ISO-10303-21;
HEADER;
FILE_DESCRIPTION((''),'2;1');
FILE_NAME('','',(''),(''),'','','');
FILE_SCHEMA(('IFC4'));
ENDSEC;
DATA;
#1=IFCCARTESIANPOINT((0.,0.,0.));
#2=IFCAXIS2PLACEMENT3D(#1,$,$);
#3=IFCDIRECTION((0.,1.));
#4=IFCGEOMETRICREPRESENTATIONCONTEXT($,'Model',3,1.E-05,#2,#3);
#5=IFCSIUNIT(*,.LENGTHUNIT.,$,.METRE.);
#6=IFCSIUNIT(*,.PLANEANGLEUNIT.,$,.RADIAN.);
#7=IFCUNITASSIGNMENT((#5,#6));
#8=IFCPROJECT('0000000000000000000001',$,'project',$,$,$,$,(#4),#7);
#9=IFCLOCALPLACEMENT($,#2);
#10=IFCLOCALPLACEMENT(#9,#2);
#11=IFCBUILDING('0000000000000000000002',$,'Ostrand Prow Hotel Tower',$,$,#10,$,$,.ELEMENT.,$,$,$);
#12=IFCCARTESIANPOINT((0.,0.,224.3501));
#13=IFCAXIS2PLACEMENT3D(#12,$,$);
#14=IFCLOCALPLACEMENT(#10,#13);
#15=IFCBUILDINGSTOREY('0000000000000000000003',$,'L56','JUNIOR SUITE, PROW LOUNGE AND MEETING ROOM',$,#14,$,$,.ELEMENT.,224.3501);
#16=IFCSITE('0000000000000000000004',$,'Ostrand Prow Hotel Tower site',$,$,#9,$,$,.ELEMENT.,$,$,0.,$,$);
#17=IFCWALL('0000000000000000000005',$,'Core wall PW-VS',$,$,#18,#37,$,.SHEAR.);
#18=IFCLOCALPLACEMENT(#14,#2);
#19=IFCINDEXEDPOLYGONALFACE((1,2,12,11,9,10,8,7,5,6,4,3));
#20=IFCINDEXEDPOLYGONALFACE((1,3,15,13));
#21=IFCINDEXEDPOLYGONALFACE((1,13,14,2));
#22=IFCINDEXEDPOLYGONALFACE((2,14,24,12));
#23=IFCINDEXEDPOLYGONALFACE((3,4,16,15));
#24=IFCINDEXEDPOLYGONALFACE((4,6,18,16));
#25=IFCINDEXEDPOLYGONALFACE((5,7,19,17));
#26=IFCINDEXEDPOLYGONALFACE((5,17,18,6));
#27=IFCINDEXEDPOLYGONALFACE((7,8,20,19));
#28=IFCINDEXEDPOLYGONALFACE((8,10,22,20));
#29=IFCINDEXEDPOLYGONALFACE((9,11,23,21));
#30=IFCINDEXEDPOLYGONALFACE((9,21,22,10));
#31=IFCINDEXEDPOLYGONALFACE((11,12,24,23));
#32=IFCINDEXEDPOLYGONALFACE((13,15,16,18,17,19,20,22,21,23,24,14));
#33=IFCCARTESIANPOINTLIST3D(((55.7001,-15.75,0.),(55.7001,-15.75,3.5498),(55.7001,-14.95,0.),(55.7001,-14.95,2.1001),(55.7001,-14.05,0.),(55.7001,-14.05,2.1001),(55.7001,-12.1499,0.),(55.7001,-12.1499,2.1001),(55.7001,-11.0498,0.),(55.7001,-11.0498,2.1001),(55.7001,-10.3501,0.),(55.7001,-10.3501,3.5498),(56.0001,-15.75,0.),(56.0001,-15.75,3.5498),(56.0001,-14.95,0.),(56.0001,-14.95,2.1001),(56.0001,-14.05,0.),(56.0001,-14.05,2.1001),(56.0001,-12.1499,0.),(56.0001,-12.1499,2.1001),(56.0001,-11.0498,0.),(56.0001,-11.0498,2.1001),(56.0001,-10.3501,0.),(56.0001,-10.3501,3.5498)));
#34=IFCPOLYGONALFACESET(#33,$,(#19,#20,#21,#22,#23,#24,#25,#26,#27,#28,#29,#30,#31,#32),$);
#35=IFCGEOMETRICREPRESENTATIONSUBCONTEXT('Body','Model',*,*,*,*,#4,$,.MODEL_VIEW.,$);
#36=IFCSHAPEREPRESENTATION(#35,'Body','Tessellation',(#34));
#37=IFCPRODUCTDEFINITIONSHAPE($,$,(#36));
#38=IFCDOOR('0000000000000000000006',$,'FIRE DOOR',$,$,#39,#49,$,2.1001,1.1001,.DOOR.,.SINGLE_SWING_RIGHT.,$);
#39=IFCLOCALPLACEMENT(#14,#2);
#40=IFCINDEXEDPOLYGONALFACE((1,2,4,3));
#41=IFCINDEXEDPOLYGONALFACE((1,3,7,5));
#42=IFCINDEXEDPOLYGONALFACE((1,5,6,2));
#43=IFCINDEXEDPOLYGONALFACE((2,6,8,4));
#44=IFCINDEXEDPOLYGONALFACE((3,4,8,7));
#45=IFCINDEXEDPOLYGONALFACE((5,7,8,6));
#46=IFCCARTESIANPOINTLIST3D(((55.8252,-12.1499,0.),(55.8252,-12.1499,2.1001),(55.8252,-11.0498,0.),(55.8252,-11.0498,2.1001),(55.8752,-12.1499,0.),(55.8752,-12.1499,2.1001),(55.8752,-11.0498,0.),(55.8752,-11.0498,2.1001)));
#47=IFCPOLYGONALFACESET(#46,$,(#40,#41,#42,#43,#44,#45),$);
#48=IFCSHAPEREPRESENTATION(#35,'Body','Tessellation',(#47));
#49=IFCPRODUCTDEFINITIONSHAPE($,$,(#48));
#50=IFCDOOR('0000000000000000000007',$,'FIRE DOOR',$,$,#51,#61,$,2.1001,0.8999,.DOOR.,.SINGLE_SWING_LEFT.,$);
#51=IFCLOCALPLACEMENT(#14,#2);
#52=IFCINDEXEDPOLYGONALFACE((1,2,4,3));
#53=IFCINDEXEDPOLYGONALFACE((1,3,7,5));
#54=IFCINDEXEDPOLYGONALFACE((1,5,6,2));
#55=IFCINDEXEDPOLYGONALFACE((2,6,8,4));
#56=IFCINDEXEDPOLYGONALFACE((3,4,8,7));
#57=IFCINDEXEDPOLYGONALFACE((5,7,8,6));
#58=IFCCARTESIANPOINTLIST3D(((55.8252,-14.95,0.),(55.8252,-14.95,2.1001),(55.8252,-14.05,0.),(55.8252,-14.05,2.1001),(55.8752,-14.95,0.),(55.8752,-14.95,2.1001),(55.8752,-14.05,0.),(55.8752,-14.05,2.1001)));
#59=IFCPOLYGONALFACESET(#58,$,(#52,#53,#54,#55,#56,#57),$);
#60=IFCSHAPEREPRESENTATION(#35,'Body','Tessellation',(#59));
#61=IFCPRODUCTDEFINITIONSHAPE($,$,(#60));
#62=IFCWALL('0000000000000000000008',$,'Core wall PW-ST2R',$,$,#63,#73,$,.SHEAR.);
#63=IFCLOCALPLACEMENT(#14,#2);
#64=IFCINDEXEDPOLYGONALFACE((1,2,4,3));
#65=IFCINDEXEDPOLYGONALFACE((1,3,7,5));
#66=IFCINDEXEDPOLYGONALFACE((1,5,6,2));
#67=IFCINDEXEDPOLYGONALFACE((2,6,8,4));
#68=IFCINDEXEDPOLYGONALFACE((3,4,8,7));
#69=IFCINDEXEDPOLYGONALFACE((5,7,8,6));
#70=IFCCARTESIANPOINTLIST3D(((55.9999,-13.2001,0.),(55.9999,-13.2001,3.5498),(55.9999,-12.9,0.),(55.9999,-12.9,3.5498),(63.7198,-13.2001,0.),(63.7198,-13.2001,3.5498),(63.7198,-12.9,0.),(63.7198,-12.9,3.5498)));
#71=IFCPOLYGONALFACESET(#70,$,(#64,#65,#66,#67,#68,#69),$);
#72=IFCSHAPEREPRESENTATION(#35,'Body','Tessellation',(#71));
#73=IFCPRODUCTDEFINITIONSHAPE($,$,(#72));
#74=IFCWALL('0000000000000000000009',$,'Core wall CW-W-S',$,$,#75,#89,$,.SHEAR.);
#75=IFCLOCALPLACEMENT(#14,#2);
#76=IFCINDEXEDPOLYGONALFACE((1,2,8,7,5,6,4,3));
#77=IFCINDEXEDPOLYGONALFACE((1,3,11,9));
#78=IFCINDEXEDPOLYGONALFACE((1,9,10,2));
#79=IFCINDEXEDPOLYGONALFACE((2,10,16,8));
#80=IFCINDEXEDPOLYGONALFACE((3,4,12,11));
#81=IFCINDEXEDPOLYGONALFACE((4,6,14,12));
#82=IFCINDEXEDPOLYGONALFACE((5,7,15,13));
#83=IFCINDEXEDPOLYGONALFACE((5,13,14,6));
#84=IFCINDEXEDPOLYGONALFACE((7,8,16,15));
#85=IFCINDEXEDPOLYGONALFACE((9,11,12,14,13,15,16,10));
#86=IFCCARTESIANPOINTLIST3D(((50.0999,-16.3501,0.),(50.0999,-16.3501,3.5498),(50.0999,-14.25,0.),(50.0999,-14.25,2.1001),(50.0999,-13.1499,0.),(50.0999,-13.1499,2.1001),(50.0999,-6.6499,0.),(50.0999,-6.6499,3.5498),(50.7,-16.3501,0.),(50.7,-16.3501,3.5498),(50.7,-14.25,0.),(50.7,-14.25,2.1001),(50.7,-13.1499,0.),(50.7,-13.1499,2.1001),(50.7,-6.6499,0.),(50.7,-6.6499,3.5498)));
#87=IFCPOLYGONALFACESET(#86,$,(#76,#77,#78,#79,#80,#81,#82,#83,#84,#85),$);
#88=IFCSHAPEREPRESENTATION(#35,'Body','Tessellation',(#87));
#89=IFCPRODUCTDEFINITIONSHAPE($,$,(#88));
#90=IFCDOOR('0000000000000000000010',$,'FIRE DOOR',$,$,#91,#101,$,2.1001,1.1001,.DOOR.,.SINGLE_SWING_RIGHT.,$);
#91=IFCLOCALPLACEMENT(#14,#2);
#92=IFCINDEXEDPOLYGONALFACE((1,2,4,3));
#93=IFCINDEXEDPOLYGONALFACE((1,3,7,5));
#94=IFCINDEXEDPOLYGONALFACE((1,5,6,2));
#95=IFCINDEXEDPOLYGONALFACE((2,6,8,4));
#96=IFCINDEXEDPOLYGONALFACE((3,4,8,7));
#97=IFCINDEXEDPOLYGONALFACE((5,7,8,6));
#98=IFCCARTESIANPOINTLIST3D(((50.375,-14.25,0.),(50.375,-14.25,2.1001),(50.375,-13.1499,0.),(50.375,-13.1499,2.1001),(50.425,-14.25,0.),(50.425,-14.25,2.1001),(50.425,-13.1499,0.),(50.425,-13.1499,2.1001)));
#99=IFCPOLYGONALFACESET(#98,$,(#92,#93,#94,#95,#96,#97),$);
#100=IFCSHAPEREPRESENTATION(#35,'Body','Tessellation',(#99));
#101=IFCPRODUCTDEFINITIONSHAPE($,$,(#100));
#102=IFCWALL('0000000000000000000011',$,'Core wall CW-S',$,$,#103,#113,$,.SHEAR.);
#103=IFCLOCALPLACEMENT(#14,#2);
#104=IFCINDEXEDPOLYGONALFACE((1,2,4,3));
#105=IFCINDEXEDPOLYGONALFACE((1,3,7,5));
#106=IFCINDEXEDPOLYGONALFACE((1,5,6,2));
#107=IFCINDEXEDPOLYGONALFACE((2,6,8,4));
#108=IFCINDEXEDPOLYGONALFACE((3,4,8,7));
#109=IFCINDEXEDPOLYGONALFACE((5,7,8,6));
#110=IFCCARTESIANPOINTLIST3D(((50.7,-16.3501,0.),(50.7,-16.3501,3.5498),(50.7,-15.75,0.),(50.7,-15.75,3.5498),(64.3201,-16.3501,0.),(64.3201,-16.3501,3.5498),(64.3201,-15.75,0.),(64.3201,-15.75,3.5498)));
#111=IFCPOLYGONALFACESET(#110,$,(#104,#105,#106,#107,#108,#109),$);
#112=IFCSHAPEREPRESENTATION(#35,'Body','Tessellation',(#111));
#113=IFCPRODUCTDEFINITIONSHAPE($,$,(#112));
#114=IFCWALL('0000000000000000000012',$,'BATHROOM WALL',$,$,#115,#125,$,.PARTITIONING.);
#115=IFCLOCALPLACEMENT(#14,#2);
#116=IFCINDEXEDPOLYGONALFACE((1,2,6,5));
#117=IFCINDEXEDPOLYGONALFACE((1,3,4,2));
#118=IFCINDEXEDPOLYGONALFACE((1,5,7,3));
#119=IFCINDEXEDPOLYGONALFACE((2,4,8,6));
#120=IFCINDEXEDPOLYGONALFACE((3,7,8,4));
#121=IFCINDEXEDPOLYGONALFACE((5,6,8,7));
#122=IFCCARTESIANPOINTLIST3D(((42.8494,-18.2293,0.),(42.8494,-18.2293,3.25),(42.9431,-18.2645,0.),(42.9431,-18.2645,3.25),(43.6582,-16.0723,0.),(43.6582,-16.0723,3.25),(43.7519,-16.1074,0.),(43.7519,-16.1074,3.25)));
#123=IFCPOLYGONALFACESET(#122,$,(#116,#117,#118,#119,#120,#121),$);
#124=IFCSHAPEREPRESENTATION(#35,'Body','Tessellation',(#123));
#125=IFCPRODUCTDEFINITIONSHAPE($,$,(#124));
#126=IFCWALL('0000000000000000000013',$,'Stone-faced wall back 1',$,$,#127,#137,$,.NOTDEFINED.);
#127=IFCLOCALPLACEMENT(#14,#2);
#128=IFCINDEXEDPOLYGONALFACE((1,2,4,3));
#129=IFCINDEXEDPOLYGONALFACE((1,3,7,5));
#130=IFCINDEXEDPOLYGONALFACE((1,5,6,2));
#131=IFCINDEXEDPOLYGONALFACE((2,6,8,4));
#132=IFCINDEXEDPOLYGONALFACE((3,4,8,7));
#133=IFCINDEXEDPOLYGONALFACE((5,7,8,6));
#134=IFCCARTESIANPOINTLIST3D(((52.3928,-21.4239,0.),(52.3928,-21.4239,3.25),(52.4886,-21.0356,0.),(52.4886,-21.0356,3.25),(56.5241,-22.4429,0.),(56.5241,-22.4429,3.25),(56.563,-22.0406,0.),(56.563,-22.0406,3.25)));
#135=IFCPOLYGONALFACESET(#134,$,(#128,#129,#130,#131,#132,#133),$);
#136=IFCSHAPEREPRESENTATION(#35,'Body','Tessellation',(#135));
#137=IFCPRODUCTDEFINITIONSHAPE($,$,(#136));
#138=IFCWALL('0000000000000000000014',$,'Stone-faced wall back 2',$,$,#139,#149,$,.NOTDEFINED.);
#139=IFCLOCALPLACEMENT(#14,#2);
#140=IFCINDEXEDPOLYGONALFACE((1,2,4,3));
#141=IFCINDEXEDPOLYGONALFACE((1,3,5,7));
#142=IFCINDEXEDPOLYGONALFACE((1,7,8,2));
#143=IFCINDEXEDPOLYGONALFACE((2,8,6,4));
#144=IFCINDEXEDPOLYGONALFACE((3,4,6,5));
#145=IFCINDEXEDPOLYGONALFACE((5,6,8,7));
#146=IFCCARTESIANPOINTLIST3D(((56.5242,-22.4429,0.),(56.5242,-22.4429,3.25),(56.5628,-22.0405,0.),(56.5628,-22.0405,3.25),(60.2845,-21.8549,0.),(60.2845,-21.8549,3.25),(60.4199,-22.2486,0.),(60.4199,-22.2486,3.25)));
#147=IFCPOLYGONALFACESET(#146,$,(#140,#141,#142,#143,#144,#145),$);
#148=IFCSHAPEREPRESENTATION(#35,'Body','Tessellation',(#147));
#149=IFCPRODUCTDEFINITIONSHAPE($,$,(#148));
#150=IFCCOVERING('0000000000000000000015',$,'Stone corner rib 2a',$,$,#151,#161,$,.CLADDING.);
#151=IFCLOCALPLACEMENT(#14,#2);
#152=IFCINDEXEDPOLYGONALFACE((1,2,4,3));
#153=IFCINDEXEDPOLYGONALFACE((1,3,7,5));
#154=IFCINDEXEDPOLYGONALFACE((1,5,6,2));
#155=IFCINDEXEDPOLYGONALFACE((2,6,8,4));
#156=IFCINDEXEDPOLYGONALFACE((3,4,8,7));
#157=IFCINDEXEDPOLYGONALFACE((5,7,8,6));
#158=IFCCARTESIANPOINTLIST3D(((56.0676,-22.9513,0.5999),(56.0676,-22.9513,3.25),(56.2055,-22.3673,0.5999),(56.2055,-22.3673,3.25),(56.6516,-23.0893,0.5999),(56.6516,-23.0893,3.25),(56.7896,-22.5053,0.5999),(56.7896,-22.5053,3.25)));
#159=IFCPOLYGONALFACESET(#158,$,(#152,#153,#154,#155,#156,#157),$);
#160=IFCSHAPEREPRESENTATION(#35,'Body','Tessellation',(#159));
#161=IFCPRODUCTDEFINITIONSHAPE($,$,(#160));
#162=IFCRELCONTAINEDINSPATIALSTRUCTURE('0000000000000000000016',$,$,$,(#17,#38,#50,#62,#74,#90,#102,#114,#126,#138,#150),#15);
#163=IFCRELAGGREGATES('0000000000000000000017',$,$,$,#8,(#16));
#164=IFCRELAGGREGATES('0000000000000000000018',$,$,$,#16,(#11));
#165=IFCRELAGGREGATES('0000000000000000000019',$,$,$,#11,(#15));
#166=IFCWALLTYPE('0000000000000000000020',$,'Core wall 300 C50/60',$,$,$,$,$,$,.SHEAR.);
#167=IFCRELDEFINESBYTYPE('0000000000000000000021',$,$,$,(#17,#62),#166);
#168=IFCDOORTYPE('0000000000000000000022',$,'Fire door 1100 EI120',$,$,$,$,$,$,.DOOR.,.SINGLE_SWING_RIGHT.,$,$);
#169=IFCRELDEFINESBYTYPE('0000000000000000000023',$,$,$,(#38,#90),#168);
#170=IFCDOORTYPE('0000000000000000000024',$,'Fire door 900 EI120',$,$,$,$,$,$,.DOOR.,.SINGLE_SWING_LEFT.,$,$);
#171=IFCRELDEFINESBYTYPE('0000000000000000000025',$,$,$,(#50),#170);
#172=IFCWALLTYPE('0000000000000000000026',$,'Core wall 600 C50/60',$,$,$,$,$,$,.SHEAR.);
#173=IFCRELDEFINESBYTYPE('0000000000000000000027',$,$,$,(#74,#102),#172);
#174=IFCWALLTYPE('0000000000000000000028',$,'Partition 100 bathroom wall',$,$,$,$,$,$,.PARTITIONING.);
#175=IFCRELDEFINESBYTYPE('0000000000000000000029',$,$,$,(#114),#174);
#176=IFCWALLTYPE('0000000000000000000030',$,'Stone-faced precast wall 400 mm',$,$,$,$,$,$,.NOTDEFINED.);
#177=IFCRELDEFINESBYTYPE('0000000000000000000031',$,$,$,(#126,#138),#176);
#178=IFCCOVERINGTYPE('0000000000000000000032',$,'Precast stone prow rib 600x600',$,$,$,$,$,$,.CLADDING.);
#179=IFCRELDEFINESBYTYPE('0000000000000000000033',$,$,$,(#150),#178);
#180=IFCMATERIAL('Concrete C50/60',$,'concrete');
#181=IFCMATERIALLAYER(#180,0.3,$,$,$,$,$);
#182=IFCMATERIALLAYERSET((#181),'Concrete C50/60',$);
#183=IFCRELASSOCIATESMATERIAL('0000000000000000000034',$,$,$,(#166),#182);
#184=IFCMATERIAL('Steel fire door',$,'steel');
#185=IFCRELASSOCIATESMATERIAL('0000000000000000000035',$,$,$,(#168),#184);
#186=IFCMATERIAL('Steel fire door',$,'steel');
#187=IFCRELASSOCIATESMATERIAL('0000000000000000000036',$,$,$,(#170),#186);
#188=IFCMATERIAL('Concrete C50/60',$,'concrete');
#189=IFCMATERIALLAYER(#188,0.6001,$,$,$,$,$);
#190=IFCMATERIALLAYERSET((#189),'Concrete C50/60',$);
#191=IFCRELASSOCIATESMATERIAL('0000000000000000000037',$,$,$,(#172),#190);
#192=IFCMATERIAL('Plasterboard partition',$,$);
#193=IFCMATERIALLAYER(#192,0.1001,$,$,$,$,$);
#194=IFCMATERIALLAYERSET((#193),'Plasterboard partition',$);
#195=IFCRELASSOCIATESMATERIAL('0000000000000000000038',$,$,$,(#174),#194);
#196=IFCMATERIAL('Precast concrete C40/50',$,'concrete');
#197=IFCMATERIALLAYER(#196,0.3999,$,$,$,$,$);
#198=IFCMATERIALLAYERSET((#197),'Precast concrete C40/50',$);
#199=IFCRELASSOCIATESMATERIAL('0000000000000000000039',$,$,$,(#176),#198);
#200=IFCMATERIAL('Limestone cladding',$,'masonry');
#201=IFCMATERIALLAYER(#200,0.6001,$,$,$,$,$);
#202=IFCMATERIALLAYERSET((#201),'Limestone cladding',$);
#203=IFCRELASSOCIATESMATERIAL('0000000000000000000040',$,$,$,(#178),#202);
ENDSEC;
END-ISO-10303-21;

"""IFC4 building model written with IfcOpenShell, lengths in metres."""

from ifc_helpers import new_model, si_unit, direction, frame, frame_2d, origin, place, context, subcontext, project, spatial, polyline, rectangle, outline, extrude, material, layer, layer_set, type_object, element, fill, save


model = new_model("IFC4")

# Units and contexts
model_context = context("Model", 3, precision=1e-05, world=origin(), true_north=direction((0.0, 1.0)))
body_context = subcontext(model_context, "Body", "Model", "MODEL_VIEW")
ifc_project = project(units=[si_unit("LENGTHUNIT", "METRE"), si_unit("PLANEANGLEUNIT", "RADIAN")], contexts=[model_context])

# Site, building, storey
site_placement = place(None, origin())
site = spatial("IfcSite", under=ifc_project, at=site_placement, Name="Ostrand Prow Hotel Tower site", CompositionType="ELEMENT", RefElevation=0.0)
building_placement = place(site_placement, origin())
building = spatial("IfcBuilding", under=site, at=building_placement, Name="Ostrand Prow Hotel Tower", CompositionType="ELEMENT")
storey_placement = place(building_placement, frame((0.0, 0.0, 224.3501)))
storey = spatial("IfcBuildingStorey", under=building, at=storey_placement, Name="L56", Description="JUNIOR SUITE, PROW LOUNGE AND MEETING ROOM", CompositionType="ELEMENT", Elevation=224.3501)

# Wall, openings, doors
ifc_material_1 = material(Name="Concrete C50/60", Category="concrete")
ifc_layer_1 = layer(ifc_material_1, 0.3)
ifc_layer_set_1 = layer_set([ifc_layer_1], Name="Concrete C50/60")
wall_type_1 = type_object("IfcWallType", Name="Core wall 300 C50/60", PredefinedType="SHEAR", material=ifc_layer_set_1)
wall_1_placement = place(storey_placement, frame((55.8501, -15.75, 0.0), z_axis=(0.0, 0.0, 1.0), x_axis=(0.0, 1.0, 0.0)))
wall_1 = element("IfcWall", 1, at=wall_1_placement, inside=storey, type_object=wall_type_1, Name="Core wall PW-VS", PredefinedType="SHEAR", context=body_context, shape_type="SweptSolid", body=[
    extrude(rectangle(XDim=5.3999, YDim=0.3, at=frame_2d((2.7, 0.0))), origin(), (0.0, 0.0, 1.0), 3.5498),
])
opening_1_placement = place(wall_1_placement, frame((3.6001, 0.0, 0.0)))
opening_1 = element("IfcOpeningElement", 2, at=opening_1_placement, cuts=wall_1, PredefinedType="OPENING", context=body_context, shape_type="SweptSolid", body=[
    extrude(rectangle(XDim=1.1001, YDim=2.1001, at=frame_2d((0.55, 1.05))), frame((0.0, 0.1599, 0.0), z_axis=(0.0, -1.0, 0.0), x_axis=(1.0, 0.0, 0.0)), (0.0, 0.0, 1.0), 0.3201),
])
opening_2_placement = place(wall_1_placement, frame((0.8, 0.0, 0.0)))
opening_2 = element("IfcOpeningElement", 3, at=opening_2_placement, cuts=wall_1, PredefinedType="OPENING", context=body_context, shape_type="SweptSolid", body=[
    extrude(rectangle(XDim=0.8999, YDim=2.1001, at=frame_2d((0.45, 1.05))), frame((0.0, 0.1599, 0.0), z_axis=(0.0, -1.0, 0.0), x_axis=(1.0, 0.0, 0.0)), (0.0, 0.0, 1.0), 0.3201),
])
ifc_material_2 = material(Name="Steel fire door", Category="steel")
door_type_1 = type_object("IfcDoorType", Name="Fire door 1100 EI120", OperationType="SINGLE_SWING_RIGHT", PredefinedType="DOOR", material=ifc_material_2)
door_1_placement = place(opening_1_placement, origin())
door_1 = element("IfcDoor", 4, at=door_1_placement, inside=storey, type_object=door_type_1, Name="FIRE DOOR", OperationType="SINGLE_SWING_RIGHT", OverallHeight=2.1001, OverallWidth=1.1001, PredefinedType="DOOR", context=body_context, shape_type="SweptSolid", body=[
    extrude(rectangle(XDim=1.1001, YDim=2.1001, at=frame_2d((0.55, 1.05))), frame((0.0, 0.0249, 0.0), z_axis=(0.0, -1.0, 0.0), x_axis=(1.0, 0.0, 0.0)), (0.0, 0.0, 1.0), 0.05),
])
fill(opening_1, door_1)
ifc_material_3 = material(Name="Steel fire door", Category="steel")
door_type_2 = type_object("IfcDoorType", Name="Fire door 900 EI120", OperationType="SINGLE_SWING_LEFT", PredefinedType="DOOR", material=ifc_material_3)
door_2_placement = place(opening_2_placement, origin())
door_2 = element("IfcDoor", 5, at=door_2_placement, inside=storey, type_object=door_type_2, Name="FIRE DOOR", OperationType="SINGLE_SWING_LEFT", OverallHeight=2.1001, OverallWidth=0.8999, PredefinedType="DOOR", context=body_context, shape_type="SweptSolid", body=[
    extrude(rectangle(XDim=0.8999, YDim=2.1001, at=frame_2d((0.45, 1.05))), frame((0.0, 0.0249, 0.0), z_axis=(0.0, -1.0, 0.0), x_axis=(1.0, 0.0, 0.0)), (0.0, 0.0, 1.0), 0.05),
])
fill(opening_2, door_2)

# Wall
wall_2_placement = place(storey_placement, frame((56.0, -13.05, 0.0), z_axis=(0.0, 0.0, 1.0), x_axis=(1.0, 0.0, 0.0)))
element("IfcWall", 6, at=wall_2_placement, inside=storey, type_object=wall_type_1, Name="Core wall PW-ST2R", PredefinedType="SHEAR", context=body_context, shape_type="SweptSolid", body=[
    extrude(rectangle(XDim=7.72, YDim=0.3, at=frame_2d((3.8599, 0.0))), origin(), (0.0, 0.0, 1.0), 3.5498),
])

# Wall, opening, door
ifc_material_4 = material(Name="Concrete C50/60", Category="concrete")
ifc_layer_2 = layer(ifc_material_4, 0.6001)
ifc_layer_set_2 = layer_set([ifc_layer_2], Name="Concrete C50/60")
wall_type_2 = type_object("IfcWallType", Name="Core wall 600 C50/60", PredefinedType="SHEAR", material=ifc_layer_set_2)
wall_3_placement = place(storey_placement, frame((50.3999, -16.3501, 0.0), z_axis=(0.0, 0.0, 1.0), x_axis=(0.0, 1.0, 0.0)))
wall_3 = element("IfcWall", 7, at=wall_3_placement, inside=storey, type_object=wall_type_2, Name="Core wall CW-W-S", PredefinedType="SHEAR", context=body_context, shape_type="SweptSolid", body=[
    extrude(rectangle(XDim=9.7002, YDim=0.6001, at=frame_2d((4.8501, 0.0))), origin(), (0.0, 0.0, 1.0), 3.5498),
])
opening_3_placement = place(wall_3_placement, frame((2.1001, 0.0, 0.0)))
opening_3 = element("IfcOpeningElement", 8, at=opening_3_placement, cuts=wall_3, PredefinedType="OPENING", context=body_context, shape_type="SweptSolid", body=[
    extrude(rectangle(XDim=1.1001, YDim=2.1001, at=frame_2d((0.55, 1.05))), frame((0.0, 0.3101, 0.0), z_axis=(0.0, -1.0, 0.0), x_axis=(1.0, 0.0, 0.0)), (0.0, 0.0, 1.0), 0.6201),
])
door_3_placement = place(opening_3_placement, origin())
door_3 = element("IfcDoor", 9, at=door_3_placement, inside=storey, type_object=door_type_1, Name="FIRE DOOR", OperationType="SINGLE_SWING_RIGHT", OverallHeight=2.1001, OverallWidth=1.1001, PredefinedType="DOOR", context=body_context, shape_type="SweptSolid", body=[
    extrude(rectangle(XDim=1.1001, YDim=2.1001, at=frame_2d((0.55, 1.05))), frame((0.0, 0.0249, 0.0), z_axis=(0.0, -1.0, 0.0), x_axis=(1.0, 0.0, 0.0)), (0.0, 0.0, 1.0), 0.05),
])
fill(opening_3, door_3)

# Walls
wall_4_placement = place(storey_placement, frame((50.7, -16.05, 0.0), z_axis=(0.0, 0.0, 1.0), x_axis=(1.0, 0.0, 0.0)))
element("IfcWall", 10, at=wall_4_placement, inside=storey, type_object=wall_type_2, Name="Core wall CW-S", PredefinedType="SHEAR", context=body_context, shape_type="SweptSolid", body=[
    extrude(rectangle(XDim=13.6201, YDim=0.6001, at=frame_2d((6.8101, 0.0))), origin(), (0.0, 0.0, 1.0), 3.5498),
])
ifc_material_5 = material(Name="Plasterboard partition")
ifc_layer_3 = layer(ifc_material_5, 0.1001)
ifc_layer_set_3 = layer_set([ifc_layer_3], Name="Plasterboard partition")
wall_type_3 = type_object("IfcWallType", Name="Partition 100 bathroom wall", PredefinedType="PARTITIONING", material=ifc_layer_set_3)
wall_5_placement = place(storey_placement, frame((43.7051, -16.0898, 0.0), z_axis=(0.0, 0.0, 1.0), x_axis=(-0.351112, -0.936334, 0.0)))
element("IfcWall", 11, at=wall_5_placement, inside=storey, type_object=wall_type_3, Name="BATHROOM WALL", PredefinedType="PARTITIONING", context=body_context, shape_type="SweptSolid", body=[
    extrude(rectangle(XDim=2.3037, YDim=0.1001, at=frame_2d((1.1519, 0.0))), origin(), (0.0, 0.0, 1.0), 3.25),
])
ifc_material_6 = material(Name="Precast concrete C40/50", Category="concrete")
ifc_layer_4 = layer(ifc_material_6, 0.3999)
ifc_layer_set_4 = layer_set([ifc_layer_4], Name="Precast concrete C40/50")
wall_type_4 = type_object("IfcWallType", Name="Stone-faced precast wall 400 mm", PredefinedType="NOTDEFINED", material=ifc_layer_set_4)
wall_6_placement = place(storey_placement, frame((52.4407, -21.2297, 0.0), z_axis=(0.0, 0.0, 1.0), x_axis=(0.970902, -0.239476, 0.0)))
element("IfcWall", 12, at=wall_6_placement, inside=storey, type_object=wall_type_4, Name="Stone-faced wall back 1", PredefinedType="NOTDEFINED", context=body_context, shape_type="SweptSolid", body=[
    extrude(outline(polyline([(0.0, -0.2), (4.2551, -0.2), (4.1965, 0.2), (0.0, 0.2), (0.0, -0.2)])), origin(), (0.0, 0.0, 1.0), 3.25),
])
wall_7_placement = place(storey_placement, frame((56.5435, -22.2417, 0.0), z_axis=(0.0, 0.0, 1.0), x_axis=(0.998759, 0.049807, 0.0)))
element("IfcWall", 13, at=wall_7_placement, inside=storey, type_object=wall_type_4, Name="Stone-faced wall back 2", PredefinedType="NOTDEFINED", context=body_context, shape_type="SweptSolid", body=[
    extrude(outline(polyline([(-0.0293, -0.2), (3.8713, -0.2), (3.7556, 0.2), (0.0293, 0.2), (-0.0293, -0.2)])), origin(), (0.0, 0.0, 1.0), 3.25),
])

# Covering
ifc_material_7 = material(Name="Limestone cladding", Category="masonry")
ifc_layer_5 = layer(ifc_material_7, 0.6001)
ifc_layer_set_5 = layer_set([ifc_layer_5], Name="Limestone cladding")
covering_type = type_object("IfcCoveringType", Name="Precast stone prow rib 600x600", PredefinedType="CLADDING", material=ifc_layer_set_5)
covering_placement = place(storey_placement, frame((56.4976, -22.4363, 0.5999), z_axis=(0.0, 0.0, 1.0), x_axis=(-0.229878, -0.973219, 0.0)))
element("IfcCovering", 14, at=covering_placement, inside=storey, type_object=covering_type, Name="Stone corner rib 2a", PredefinedType="CLADDING", context=body_context, shape_type="SweptSolid", body=[
    extrude(rectangle(XDim=0.6001, YDim=0.6001, at=frame_2d((0.3, 0.0))), origin(), (0.0, 0.0, 1.0), 2.6501),
])

save(model, "model.ifc")
